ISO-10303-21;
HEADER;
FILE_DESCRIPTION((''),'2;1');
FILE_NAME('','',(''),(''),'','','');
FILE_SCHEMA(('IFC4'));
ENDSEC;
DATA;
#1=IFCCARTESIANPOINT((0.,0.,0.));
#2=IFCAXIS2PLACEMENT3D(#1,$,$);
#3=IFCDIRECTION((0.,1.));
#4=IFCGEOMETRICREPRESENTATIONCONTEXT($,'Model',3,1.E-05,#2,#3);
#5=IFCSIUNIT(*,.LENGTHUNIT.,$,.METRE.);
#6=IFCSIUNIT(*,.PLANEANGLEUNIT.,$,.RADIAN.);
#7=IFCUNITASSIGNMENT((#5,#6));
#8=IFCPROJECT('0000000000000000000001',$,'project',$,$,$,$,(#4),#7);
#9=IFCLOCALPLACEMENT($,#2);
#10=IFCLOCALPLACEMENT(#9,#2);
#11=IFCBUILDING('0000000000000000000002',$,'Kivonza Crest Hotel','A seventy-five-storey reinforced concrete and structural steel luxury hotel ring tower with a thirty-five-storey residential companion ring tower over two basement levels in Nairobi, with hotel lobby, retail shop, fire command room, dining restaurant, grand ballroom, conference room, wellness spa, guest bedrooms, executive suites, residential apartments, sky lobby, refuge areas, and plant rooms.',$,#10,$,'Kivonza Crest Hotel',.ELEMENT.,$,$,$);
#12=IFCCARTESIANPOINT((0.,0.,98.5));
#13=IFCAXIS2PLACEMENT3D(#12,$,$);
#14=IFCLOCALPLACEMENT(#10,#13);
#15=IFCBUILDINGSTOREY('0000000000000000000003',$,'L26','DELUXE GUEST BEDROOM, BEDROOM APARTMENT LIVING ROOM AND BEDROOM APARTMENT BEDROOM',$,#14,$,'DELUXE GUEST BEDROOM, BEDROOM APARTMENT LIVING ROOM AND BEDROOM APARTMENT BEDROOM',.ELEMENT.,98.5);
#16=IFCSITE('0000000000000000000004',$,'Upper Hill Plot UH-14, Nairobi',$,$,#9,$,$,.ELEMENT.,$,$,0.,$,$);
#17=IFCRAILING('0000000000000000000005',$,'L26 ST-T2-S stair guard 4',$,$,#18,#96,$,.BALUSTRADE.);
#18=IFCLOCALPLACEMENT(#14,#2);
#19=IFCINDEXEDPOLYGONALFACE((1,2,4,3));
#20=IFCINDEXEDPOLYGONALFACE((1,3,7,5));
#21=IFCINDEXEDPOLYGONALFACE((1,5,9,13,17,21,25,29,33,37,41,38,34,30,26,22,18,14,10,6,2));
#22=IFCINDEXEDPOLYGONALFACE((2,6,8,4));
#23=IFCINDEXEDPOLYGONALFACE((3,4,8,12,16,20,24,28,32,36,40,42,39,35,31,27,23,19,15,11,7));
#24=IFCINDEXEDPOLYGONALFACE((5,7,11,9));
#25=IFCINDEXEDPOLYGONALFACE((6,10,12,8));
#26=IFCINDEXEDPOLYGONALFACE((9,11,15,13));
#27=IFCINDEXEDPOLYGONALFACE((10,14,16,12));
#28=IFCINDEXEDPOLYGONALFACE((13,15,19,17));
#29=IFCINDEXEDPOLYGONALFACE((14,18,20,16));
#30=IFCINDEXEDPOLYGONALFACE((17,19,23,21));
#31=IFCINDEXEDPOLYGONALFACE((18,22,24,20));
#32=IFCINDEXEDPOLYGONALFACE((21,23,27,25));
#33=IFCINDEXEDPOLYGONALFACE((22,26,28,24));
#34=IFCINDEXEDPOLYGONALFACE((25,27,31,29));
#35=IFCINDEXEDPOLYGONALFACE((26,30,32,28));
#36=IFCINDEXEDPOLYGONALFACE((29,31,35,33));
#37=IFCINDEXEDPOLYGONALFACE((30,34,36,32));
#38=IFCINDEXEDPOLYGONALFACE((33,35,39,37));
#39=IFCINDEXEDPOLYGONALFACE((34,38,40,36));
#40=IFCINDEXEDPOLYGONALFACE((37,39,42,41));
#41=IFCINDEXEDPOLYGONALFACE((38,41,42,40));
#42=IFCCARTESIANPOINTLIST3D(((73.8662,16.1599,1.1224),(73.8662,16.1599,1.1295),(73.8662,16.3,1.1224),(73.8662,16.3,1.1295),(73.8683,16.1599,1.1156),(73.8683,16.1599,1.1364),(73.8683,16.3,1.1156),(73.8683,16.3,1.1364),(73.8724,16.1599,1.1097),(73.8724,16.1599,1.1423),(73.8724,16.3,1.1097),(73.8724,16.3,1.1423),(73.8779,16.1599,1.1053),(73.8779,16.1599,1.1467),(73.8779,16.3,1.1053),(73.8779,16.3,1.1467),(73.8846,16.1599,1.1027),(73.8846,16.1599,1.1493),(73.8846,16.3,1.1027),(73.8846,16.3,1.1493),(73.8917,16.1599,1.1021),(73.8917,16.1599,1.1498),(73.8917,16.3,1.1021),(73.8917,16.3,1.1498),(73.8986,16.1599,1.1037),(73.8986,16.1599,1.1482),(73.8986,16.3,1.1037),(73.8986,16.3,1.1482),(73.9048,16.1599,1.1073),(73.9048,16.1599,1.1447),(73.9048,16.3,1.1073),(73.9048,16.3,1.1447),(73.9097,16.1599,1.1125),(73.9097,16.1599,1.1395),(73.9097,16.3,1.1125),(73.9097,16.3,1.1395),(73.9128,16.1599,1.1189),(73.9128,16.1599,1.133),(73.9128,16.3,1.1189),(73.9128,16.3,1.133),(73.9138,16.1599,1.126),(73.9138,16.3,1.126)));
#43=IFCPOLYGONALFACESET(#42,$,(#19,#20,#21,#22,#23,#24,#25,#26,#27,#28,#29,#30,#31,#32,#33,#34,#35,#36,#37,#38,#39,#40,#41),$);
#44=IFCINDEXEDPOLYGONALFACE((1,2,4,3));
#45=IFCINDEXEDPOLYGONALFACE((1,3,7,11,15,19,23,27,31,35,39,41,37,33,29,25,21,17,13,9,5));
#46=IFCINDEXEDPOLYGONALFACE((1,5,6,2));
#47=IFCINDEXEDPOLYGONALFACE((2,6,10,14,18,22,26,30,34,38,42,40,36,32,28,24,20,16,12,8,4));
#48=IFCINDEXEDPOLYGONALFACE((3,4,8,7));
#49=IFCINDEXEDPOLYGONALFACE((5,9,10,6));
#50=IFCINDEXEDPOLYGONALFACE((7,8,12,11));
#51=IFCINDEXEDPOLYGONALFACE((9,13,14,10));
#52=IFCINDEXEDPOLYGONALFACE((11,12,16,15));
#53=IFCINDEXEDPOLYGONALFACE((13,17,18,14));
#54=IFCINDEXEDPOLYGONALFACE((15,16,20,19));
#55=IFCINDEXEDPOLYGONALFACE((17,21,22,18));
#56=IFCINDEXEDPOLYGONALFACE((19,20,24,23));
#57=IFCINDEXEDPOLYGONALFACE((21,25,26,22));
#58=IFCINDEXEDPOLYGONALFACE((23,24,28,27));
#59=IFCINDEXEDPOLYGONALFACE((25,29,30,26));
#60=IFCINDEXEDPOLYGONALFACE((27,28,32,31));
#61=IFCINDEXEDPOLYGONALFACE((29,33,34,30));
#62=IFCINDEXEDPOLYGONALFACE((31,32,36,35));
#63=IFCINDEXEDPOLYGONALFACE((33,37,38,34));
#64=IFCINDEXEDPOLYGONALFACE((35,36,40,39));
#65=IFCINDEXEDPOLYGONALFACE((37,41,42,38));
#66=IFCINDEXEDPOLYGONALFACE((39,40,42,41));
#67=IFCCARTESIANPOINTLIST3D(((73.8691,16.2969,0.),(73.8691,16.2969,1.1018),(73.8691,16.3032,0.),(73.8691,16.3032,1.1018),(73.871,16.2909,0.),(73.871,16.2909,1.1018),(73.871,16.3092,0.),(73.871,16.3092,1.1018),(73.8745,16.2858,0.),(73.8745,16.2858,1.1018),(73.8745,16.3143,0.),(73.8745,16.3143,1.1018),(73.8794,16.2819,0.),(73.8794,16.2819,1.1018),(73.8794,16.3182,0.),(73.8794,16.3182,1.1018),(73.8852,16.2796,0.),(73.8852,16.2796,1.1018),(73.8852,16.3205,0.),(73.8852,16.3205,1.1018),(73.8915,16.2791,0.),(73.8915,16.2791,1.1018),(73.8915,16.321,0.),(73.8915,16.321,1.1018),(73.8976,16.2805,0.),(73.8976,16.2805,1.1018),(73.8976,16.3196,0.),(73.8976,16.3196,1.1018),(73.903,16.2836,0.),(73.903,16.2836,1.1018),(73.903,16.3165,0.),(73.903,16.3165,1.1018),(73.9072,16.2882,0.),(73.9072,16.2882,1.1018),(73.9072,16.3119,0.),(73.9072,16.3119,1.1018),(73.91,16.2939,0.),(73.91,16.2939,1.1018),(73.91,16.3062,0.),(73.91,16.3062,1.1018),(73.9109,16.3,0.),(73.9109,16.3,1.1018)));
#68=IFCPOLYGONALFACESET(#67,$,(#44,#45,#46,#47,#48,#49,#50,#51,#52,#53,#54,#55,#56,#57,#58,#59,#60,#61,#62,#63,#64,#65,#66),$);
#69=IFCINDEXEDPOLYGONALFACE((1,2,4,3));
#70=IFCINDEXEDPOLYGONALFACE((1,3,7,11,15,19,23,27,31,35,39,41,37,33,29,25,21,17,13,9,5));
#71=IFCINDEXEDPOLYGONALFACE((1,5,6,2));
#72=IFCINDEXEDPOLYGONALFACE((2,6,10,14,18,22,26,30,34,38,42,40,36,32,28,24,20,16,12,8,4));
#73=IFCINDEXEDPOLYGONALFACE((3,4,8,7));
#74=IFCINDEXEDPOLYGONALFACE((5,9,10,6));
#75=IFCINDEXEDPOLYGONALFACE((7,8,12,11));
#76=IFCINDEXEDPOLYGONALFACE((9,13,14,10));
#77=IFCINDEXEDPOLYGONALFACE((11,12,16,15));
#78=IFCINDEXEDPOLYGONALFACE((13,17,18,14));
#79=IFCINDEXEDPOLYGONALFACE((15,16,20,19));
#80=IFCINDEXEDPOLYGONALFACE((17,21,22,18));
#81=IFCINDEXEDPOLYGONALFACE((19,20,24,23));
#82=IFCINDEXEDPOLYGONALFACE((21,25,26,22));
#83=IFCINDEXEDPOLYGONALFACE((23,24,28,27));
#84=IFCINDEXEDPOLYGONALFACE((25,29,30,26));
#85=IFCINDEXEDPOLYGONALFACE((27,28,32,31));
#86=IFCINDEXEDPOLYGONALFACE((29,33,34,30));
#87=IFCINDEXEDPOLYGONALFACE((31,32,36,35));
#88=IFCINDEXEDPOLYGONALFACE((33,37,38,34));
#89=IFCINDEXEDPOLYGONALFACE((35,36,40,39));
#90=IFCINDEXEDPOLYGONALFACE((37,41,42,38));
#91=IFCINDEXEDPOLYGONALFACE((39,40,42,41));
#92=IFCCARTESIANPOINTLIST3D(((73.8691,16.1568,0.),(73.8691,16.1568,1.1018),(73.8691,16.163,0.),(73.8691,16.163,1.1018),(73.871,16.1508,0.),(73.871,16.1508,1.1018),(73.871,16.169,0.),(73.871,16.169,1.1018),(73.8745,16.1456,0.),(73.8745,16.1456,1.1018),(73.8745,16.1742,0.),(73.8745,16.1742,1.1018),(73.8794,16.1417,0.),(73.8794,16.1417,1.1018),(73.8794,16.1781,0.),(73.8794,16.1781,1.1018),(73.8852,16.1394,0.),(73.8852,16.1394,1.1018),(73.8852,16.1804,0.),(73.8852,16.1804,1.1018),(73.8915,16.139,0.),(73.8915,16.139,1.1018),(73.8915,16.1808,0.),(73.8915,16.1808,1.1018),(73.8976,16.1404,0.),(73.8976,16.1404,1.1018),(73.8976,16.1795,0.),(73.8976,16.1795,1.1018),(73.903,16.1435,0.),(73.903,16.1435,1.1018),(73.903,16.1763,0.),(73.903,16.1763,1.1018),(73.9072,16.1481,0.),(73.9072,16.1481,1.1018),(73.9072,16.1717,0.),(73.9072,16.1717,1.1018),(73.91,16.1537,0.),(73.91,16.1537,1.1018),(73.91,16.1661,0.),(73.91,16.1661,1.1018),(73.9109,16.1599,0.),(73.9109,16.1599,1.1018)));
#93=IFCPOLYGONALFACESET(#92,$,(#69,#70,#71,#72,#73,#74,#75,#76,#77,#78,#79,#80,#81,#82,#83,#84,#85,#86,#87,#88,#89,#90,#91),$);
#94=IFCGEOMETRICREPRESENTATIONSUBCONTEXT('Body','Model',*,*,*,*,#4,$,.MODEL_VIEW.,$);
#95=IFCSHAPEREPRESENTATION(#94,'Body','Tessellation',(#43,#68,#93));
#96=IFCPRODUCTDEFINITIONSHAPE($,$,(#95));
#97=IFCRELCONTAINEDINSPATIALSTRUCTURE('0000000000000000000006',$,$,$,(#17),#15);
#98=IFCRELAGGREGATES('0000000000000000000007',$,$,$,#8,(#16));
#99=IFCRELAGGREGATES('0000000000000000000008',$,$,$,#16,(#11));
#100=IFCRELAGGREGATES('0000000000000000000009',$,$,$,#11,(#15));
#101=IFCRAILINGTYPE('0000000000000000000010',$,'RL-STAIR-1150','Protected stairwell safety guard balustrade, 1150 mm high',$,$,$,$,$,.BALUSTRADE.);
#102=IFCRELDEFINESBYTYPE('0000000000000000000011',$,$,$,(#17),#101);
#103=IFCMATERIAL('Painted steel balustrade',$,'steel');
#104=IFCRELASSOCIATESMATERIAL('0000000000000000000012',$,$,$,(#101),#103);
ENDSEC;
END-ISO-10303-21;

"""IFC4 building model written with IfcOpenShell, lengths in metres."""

from ifc_helpers import new_model, si_unit, direction, frame, origin, origin_2d, place, context, subcontext, project, spatial, circle, extrude, material, type_object, element, save


model = new_model("IFC4")

# Units and contexts
model_context = context("Model", 3, precision=1e-05, world=origin(), true_north=direction((0.0, 1.0)))
body_context = subcontext(model_context, "Body", "Model", "MODEL_VIEW")
ifc_project = project(units=[si_unit("LENGTHUNIT", "METRE"), si_unit("PLANEANGLEUNIT", "RADIAN")], contexts=[model_context])

# Site, building, storey
site_placement = place(None, origin())
site = spatial("IfcSite", under=ifc_project, at=site_placement, Name="Upper Hill Plot UH-14, Nairobi", CompositionType="ELEMENT", RefElevation=0.0)
building_placement = place(site_placement, origin())
building = spatial("IfcBuilding", under=site, at=building_placement, Name="Kivonza Crest Hotel", Description="A seventy-five-storey reinforced concrete and structural steel luxury hotel ring tower with a thirty-five-storey residential companion ring tower over two basement levels in Nairobi, with hotel lobby, retail shop, fire command room, dining restaurant, grand ballroom, conference room, wellness spa, guest bedrooms, executive suites, residential apartments, sky lobby, refuge areas, and plant rooms.", LongName="Kivonza Crest Hotel", CompositionType="ELEMENT")
storey_placement = place(building_placement, frame((0.0, 0.0, 98.5)))
storey = spatial("IfcBuildingStorey", under=building, at=storey_placement, Name="L26", Description="DELUXE GUEST BEDROOM, BEDROOM APARTMENT LIVING ROOM AND BEDROOM APARTMENT BEDROOM", LongName="DELUXE GUEST BEDROOM, BEDROOM APARTMENT LIVING ROOM AND BEDROOM APARTMENT BEDROOM", CompositionType="ELEMENT", Elevation=98.5)

# Railing
ifc_material_1 = material(Name="Painted steel balustrade", Category="steel")
railing_type_1 = type_object("IfcRailingType", Name="RL-STAIR-1150", Description="Protected stairwell safety guard balustrade, 1150 mm high", PredefinedType="BALUSTRADE", material=ifc_material_1)
railing_1_placement = place(storey_placement, frame((73.8899, 16.3, 0.0)))
element("IfcRailing", 1, at=railing_1_placement, inside=storey, type_object=railing_type_1, Name="L26 ST-T2-S stair guard 4", PredefinedType="BALUSTRADE", context=body_context, shape_type="SweptSolid", body=[
    extrude(circle(Radius=0.0239, at=origin_2d()), frame((0.0, 0.0, 1.126), z_axis=(0.0, -1.0, 0.0), x_axis=(1.0, 0.0, 0.0)), (0.0, 0.0, 1.0), 0.1401),
    extrude(circle(Radius=0.021, at=origin_2d()), origin(), (0.0, 0.0, 1.0), 1.1018),
    extrude(circle(Radius=0.021, at=origin_2d()), frame((0.0, -0.1401, 0.0)), (0.0, 0.0, 1.0), 1.1018),
])

save(model, "model.ifc")
